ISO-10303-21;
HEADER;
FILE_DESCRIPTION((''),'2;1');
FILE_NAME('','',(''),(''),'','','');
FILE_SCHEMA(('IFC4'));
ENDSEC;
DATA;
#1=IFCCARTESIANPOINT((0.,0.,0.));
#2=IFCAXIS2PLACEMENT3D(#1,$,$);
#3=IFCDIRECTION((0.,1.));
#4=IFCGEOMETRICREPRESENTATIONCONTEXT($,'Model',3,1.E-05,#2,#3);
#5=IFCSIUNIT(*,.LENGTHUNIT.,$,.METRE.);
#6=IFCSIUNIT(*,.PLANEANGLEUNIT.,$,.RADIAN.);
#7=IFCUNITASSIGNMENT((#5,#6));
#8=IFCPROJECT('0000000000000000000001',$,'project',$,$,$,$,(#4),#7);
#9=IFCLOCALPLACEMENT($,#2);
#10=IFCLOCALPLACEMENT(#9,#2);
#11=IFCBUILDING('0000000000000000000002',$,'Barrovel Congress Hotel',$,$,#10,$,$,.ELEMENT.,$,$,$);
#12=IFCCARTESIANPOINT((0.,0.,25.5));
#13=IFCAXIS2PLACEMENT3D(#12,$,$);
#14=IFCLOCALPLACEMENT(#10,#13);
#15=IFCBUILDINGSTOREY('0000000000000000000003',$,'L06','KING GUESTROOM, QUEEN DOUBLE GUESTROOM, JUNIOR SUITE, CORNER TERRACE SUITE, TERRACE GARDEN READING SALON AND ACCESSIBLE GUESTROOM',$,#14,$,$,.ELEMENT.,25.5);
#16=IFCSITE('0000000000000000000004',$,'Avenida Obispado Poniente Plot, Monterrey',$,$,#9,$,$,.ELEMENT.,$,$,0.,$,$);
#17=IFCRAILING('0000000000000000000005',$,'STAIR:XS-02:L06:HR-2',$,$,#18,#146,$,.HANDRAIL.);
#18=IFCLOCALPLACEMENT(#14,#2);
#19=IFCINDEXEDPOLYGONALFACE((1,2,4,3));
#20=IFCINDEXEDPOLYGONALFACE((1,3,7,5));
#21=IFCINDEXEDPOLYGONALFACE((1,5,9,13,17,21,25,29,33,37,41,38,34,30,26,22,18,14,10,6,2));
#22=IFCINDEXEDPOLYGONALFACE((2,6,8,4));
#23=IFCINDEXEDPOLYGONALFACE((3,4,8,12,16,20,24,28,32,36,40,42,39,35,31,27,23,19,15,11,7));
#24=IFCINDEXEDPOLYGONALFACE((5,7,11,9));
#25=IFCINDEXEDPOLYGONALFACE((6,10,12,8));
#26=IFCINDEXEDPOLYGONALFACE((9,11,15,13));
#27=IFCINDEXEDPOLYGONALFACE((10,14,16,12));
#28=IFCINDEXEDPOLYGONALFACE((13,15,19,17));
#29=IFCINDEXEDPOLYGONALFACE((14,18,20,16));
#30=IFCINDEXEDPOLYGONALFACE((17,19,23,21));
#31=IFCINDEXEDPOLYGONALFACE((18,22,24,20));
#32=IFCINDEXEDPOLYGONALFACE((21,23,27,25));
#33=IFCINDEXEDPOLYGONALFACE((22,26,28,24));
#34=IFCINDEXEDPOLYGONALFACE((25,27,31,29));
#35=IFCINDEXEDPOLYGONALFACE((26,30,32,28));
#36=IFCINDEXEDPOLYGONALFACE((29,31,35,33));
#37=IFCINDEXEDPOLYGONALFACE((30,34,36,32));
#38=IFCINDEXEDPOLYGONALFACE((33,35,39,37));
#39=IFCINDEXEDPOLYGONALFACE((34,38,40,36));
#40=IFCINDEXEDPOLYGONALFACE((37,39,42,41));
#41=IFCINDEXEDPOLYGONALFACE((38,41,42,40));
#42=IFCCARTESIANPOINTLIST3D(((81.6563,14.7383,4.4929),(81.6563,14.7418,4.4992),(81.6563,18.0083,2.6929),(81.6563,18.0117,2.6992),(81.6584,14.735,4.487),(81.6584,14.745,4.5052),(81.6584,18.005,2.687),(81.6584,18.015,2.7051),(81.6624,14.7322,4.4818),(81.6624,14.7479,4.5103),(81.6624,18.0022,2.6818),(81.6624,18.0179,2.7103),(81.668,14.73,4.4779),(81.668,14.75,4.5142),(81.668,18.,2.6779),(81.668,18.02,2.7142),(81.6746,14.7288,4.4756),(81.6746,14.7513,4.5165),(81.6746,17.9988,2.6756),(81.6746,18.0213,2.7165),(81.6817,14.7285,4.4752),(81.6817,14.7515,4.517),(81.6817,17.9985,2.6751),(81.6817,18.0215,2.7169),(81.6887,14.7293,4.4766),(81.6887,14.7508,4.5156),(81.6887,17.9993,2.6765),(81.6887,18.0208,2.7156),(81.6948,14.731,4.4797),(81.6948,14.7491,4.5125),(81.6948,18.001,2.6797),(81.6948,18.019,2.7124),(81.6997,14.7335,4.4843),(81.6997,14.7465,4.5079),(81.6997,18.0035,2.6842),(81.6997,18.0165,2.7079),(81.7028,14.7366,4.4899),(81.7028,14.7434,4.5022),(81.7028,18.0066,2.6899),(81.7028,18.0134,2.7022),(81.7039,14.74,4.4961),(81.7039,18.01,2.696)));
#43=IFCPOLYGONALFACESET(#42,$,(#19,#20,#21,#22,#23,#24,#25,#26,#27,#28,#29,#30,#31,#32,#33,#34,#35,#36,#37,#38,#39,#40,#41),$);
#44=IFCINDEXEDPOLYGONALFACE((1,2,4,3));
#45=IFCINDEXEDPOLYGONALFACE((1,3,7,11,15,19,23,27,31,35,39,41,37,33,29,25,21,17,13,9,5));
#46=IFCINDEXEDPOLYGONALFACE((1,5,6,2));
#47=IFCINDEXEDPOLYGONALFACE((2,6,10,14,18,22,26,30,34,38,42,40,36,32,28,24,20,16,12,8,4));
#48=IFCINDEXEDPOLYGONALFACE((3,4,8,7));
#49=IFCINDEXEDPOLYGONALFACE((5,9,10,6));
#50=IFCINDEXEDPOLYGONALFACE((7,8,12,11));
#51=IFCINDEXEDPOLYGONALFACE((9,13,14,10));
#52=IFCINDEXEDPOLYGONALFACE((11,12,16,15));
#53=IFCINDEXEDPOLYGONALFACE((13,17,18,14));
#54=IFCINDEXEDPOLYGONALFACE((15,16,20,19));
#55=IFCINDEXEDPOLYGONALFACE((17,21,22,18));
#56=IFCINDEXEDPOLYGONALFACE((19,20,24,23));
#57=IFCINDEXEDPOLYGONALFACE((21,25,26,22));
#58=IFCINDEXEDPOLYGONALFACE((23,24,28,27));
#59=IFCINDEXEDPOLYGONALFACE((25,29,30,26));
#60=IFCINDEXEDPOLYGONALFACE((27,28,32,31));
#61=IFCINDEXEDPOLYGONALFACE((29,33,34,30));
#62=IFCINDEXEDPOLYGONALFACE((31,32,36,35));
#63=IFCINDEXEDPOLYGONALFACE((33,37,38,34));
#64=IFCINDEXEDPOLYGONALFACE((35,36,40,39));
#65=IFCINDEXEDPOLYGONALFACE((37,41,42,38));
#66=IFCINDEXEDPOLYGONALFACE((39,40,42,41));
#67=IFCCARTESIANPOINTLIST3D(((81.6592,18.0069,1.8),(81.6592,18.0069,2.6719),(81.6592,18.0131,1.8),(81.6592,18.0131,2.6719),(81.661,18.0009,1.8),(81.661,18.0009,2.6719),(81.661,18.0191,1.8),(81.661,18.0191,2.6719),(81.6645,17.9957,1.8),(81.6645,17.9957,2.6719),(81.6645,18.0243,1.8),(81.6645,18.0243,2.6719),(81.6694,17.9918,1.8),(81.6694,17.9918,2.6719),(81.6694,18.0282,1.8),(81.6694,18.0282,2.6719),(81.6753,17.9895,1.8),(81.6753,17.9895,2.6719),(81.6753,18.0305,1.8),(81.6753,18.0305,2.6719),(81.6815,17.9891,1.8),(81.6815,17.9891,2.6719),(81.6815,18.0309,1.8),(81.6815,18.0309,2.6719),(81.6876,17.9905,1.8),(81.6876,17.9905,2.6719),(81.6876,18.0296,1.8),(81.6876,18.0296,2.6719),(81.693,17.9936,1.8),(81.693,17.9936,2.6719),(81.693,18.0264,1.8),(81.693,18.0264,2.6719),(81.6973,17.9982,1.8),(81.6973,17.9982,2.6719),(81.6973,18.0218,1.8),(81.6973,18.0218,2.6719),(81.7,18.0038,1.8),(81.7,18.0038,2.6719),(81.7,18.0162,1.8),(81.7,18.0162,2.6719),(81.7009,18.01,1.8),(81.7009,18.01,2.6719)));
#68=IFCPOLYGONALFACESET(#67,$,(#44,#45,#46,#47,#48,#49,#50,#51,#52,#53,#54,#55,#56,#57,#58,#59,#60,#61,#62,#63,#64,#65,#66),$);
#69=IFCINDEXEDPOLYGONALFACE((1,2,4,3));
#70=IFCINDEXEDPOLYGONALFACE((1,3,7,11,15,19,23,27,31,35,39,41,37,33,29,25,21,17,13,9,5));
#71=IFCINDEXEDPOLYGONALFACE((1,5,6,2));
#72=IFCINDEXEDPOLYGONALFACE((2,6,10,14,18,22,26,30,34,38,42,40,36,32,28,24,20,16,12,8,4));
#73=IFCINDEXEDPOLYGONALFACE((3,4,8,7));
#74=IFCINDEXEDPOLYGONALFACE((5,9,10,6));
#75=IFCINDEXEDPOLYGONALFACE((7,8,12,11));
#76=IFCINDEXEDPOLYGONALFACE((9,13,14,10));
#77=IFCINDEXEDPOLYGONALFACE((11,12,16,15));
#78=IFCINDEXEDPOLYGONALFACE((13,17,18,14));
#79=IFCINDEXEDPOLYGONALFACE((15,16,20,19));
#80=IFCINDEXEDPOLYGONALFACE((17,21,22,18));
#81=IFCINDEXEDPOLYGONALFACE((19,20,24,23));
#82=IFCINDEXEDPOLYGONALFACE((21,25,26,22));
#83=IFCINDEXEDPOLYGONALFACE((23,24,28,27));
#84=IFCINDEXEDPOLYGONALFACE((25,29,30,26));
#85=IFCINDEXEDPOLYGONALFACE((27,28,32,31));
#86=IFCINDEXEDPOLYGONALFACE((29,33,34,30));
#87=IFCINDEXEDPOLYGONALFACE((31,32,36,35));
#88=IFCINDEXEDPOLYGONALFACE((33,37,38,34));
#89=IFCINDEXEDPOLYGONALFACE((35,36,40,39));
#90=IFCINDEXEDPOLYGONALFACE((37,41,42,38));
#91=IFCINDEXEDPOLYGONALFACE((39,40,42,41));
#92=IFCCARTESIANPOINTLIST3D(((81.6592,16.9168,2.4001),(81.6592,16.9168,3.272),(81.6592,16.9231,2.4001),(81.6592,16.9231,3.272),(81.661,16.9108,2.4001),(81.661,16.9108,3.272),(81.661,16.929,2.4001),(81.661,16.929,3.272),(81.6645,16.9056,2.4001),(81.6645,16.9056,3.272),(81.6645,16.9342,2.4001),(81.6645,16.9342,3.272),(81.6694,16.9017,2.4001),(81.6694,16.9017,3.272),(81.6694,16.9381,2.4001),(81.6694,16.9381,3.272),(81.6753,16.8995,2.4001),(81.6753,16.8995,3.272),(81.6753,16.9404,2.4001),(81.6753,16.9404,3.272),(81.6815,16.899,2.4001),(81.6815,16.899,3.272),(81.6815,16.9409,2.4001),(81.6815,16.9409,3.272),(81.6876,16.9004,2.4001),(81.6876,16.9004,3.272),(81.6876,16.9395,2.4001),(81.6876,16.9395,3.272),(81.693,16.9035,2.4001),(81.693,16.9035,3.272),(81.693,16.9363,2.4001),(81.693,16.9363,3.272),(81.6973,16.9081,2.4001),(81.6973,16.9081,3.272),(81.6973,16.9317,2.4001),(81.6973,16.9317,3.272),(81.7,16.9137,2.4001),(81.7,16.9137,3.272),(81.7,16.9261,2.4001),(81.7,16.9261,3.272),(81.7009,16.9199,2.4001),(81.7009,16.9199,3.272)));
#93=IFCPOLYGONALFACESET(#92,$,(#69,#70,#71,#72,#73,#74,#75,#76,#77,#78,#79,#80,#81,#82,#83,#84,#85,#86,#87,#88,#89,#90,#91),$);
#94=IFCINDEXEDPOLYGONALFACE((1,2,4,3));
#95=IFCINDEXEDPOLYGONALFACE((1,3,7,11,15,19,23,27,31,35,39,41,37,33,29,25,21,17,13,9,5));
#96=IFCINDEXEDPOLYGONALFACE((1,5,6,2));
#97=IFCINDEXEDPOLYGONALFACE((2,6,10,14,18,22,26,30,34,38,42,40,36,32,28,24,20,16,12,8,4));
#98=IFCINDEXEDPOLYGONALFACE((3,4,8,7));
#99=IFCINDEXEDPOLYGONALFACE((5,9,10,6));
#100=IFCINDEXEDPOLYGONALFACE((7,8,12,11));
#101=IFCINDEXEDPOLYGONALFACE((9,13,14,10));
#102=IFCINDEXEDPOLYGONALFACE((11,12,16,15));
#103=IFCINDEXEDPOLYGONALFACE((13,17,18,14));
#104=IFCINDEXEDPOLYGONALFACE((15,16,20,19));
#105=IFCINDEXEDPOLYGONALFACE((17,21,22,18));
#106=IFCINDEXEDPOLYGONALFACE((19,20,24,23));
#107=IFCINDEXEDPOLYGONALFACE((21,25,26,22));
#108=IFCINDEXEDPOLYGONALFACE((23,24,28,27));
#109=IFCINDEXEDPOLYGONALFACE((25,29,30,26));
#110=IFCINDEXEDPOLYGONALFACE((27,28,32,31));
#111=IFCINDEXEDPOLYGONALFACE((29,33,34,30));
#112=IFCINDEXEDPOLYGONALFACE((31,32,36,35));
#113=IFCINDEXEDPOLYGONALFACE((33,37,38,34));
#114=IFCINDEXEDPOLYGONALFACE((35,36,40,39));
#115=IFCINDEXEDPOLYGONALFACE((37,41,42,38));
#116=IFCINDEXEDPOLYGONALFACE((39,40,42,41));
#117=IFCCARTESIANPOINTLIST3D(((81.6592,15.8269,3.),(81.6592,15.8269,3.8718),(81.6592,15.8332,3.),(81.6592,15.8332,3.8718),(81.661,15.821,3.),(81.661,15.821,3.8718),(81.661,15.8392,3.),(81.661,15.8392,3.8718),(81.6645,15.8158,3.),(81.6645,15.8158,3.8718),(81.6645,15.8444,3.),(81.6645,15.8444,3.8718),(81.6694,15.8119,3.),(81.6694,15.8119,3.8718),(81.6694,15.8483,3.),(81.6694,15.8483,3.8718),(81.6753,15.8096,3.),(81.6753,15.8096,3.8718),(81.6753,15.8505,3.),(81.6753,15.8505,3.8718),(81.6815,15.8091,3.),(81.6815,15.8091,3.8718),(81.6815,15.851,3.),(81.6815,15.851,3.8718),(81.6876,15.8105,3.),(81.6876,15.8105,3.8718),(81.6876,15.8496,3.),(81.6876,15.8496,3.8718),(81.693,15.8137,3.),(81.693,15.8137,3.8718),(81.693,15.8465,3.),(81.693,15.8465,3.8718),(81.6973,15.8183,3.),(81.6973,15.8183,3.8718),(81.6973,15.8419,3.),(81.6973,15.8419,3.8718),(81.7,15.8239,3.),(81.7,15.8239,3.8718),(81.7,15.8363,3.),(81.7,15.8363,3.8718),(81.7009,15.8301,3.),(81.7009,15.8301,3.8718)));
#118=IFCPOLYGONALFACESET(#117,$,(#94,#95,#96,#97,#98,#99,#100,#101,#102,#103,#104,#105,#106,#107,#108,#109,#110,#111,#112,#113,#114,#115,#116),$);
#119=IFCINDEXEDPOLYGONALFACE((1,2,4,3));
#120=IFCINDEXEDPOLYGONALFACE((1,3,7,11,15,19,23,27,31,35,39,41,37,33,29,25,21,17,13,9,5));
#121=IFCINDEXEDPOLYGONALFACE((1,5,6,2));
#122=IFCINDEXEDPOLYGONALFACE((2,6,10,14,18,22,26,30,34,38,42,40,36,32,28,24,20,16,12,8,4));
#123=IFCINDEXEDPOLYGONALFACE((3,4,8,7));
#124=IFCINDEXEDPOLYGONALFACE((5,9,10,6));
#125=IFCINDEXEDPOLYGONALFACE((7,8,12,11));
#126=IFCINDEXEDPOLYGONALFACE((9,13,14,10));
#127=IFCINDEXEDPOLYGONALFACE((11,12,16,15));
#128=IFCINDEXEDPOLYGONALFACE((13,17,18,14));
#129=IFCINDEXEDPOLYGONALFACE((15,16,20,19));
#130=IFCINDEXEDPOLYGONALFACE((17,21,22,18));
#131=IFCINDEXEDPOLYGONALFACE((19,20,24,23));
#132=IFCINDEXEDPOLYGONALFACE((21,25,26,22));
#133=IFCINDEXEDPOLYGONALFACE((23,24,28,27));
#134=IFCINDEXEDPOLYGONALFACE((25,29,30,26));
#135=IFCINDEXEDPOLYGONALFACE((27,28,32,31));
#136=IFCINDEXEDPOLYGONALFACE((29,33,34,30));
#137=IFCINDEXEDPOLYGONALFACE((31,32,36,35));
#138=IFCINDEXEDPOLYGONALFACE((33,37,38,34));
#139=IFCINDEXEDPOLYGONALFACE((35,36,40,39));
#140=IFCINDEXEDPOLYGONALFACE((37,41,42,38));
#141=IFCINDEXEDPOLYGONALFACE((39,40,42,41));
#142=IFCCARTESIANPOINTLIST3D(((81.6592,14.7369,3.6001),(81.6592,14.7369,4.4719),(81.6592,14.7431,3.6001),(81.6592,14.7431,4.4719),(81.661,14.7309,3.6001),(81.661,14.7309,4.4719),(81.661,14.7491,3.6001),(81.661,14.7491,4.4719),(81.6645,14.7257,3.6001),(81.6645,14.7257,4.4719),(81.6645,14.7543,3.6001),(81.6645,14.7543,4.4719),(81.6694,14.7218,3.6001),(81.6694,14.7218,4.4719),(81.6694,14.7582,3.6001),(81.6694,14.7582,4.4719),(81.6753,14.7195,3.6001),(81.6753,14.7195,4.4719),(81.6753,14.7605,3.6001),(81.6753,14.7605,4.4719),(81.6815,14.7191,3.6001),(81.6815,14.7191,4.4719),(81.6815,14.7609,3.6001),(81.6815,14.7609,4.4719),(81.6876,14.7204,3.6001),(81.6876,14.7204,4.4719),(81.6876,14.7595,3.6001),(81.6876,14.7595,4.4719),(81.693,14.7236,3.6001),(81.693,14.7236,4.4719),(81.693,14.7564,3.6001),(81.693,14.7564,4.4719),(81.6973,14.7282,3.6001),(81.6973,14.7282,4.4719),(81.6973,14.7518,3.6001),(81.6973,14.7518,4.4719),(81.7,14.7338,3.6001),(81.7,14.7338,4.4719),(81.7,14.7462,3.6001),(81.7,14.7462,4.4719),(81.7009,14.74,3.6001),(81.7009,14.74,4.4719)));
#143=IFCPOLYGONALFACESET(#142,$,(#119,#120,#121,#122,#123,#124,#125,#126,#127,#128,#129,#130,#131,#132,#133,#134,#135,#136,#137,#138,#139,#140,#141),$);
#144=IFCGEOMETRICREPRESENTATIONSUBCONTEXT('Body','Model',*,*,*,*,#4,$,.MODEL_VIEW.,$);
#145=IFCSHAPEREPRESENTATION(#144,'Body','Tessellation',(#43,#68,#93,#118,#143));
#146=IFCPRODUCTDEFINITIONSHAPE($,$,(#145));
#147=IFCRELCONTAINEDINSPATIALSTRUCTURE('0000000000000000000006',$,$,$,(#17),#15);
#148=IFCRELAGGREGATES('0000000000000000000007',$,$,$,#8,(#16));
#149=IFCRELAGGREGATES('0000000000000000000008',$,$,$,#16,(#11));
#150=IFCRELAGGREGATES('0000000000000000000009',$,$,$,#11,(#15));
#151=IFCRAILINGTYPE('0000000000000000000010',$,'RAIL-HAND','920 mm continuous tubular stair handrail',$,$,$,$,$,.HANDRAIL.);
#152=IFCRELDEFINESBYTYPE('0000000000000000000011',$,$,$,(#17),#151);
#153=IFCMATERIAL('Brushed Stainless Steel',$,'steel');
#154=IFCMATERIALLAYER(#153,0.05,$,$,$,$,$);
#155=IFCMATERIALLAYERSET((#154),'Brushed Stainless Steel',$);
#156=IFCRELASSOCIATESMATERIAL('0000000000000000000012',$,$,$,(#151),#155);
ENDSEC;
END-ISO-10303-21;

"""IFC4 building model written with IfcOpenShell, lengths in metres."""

from ifc_helpers import new_model, si_unit, direction, frame, origin, origin_2d, place, context, subcontext, project, spatial, circle, extrude, material, layer, layer_set, type_object, element, save


model = new_model("IFC4")

# Units and contexts
model_context = context("Model", 3, precision=1e-05, world=origin(), true_north=direction((0.0, 1.0)))
body_context = subcontext(model_context, "Body", "Model", "MODEL_VIEW")
ifc_project = project(units=[si_unit("LENGTHUNIT", "METRE"), si_unit("PLANEANGLEUNIT", "RADIAN")], contexts=[model_context])

# Site, building, storey
site_placement = place(None, origin())
site = spatial("IfcSite", under=ifc_project, at=site_placement, Name="Avenida Obispado Poniente Plot, Monterrey", CompositionType="ELEMENT", RefElevation=0.0)
building_placement = place(site_placement, origin())
building = spatial("IfcBuilding", under=site, at=building_placement, Name="Barrovel Congress Hotel", CompositionType="ELEMENT")
storey_placement = place(building_placement, frame((0.0, 0.0, 25.5)))
storey = spatial("IfcBuildingStorey", under=building, at=storey_placement, Name="L06", Description="KING GUESTROOM, QUEEN DOUBLE GUESTROOM, JUNIOR SUITE, CORNER TERRACE SUITE, TERRACE GARDEN READING SALON AND ACCESSIBLE GUESTROOM", CompositionType="ELEMENT", Elevation=25.5)

# Shared definitions
ifc_material_1 = material(Name="Brushed Stainless Steel", Category="steel")

# Railing
ifc_layer_1 = layer(ifc_material_1, 0.05)
ifc_layer_set_1 = layer_set([ifc_layer_1], Name="Brushed Stainless Steel")
railing_type_1 = type_object("IfcRailingType", Name="RAIL-HAND", Description="920 mm continuous tubular stair handrail", PredefinedType="HANDRAIL", material=ifc_layer_set_1)
railing_1_placement = place(storey_placement, frame((81.6799, 18.01, 1.8)))
element("IfcRailing", 1, at=railing_1_placement, inside=storey, type_object=railing_type_1, Name="STAIR:XS-02:L06:HR-2", PredefinedType="HANDRAIL", context=body_context, shape_type="SweptSolid", body=[
    extrude(circle(Radius=0.0239, at=origin_2d()), frame((0.0, 0.0, 0.896), z_axis=(0.0, -0.876042, 0.482235), x_axis=(1.0, 0.0, 0.0)), (0.0, 0.0, 1.0), 3.7327),
    extrude(circle(Radius=0.021, at=origin_2d()), origin(), (0.0, 0.0, 1.0), 0.8718),
    extrude(circle(Radius=0.021, at=origin_2d()), frame((0.0, -1.0901, 0.6001)), (0.0, 0.0, 1.0), 0.8718),
    extrude(circle(Radius=0.021, at=origin_2d()), frame((0.0, -2.1799, 1.2)), (0.0, 0.0, 1.0), 0.8718),
    extrude(circle(Radius=0.021, at=origin_2d()), frame((0.0, -3.27, 1.8)), (0.0, 0.0, 1.0), 0.8718),
])

save(model, "model.ifc")
